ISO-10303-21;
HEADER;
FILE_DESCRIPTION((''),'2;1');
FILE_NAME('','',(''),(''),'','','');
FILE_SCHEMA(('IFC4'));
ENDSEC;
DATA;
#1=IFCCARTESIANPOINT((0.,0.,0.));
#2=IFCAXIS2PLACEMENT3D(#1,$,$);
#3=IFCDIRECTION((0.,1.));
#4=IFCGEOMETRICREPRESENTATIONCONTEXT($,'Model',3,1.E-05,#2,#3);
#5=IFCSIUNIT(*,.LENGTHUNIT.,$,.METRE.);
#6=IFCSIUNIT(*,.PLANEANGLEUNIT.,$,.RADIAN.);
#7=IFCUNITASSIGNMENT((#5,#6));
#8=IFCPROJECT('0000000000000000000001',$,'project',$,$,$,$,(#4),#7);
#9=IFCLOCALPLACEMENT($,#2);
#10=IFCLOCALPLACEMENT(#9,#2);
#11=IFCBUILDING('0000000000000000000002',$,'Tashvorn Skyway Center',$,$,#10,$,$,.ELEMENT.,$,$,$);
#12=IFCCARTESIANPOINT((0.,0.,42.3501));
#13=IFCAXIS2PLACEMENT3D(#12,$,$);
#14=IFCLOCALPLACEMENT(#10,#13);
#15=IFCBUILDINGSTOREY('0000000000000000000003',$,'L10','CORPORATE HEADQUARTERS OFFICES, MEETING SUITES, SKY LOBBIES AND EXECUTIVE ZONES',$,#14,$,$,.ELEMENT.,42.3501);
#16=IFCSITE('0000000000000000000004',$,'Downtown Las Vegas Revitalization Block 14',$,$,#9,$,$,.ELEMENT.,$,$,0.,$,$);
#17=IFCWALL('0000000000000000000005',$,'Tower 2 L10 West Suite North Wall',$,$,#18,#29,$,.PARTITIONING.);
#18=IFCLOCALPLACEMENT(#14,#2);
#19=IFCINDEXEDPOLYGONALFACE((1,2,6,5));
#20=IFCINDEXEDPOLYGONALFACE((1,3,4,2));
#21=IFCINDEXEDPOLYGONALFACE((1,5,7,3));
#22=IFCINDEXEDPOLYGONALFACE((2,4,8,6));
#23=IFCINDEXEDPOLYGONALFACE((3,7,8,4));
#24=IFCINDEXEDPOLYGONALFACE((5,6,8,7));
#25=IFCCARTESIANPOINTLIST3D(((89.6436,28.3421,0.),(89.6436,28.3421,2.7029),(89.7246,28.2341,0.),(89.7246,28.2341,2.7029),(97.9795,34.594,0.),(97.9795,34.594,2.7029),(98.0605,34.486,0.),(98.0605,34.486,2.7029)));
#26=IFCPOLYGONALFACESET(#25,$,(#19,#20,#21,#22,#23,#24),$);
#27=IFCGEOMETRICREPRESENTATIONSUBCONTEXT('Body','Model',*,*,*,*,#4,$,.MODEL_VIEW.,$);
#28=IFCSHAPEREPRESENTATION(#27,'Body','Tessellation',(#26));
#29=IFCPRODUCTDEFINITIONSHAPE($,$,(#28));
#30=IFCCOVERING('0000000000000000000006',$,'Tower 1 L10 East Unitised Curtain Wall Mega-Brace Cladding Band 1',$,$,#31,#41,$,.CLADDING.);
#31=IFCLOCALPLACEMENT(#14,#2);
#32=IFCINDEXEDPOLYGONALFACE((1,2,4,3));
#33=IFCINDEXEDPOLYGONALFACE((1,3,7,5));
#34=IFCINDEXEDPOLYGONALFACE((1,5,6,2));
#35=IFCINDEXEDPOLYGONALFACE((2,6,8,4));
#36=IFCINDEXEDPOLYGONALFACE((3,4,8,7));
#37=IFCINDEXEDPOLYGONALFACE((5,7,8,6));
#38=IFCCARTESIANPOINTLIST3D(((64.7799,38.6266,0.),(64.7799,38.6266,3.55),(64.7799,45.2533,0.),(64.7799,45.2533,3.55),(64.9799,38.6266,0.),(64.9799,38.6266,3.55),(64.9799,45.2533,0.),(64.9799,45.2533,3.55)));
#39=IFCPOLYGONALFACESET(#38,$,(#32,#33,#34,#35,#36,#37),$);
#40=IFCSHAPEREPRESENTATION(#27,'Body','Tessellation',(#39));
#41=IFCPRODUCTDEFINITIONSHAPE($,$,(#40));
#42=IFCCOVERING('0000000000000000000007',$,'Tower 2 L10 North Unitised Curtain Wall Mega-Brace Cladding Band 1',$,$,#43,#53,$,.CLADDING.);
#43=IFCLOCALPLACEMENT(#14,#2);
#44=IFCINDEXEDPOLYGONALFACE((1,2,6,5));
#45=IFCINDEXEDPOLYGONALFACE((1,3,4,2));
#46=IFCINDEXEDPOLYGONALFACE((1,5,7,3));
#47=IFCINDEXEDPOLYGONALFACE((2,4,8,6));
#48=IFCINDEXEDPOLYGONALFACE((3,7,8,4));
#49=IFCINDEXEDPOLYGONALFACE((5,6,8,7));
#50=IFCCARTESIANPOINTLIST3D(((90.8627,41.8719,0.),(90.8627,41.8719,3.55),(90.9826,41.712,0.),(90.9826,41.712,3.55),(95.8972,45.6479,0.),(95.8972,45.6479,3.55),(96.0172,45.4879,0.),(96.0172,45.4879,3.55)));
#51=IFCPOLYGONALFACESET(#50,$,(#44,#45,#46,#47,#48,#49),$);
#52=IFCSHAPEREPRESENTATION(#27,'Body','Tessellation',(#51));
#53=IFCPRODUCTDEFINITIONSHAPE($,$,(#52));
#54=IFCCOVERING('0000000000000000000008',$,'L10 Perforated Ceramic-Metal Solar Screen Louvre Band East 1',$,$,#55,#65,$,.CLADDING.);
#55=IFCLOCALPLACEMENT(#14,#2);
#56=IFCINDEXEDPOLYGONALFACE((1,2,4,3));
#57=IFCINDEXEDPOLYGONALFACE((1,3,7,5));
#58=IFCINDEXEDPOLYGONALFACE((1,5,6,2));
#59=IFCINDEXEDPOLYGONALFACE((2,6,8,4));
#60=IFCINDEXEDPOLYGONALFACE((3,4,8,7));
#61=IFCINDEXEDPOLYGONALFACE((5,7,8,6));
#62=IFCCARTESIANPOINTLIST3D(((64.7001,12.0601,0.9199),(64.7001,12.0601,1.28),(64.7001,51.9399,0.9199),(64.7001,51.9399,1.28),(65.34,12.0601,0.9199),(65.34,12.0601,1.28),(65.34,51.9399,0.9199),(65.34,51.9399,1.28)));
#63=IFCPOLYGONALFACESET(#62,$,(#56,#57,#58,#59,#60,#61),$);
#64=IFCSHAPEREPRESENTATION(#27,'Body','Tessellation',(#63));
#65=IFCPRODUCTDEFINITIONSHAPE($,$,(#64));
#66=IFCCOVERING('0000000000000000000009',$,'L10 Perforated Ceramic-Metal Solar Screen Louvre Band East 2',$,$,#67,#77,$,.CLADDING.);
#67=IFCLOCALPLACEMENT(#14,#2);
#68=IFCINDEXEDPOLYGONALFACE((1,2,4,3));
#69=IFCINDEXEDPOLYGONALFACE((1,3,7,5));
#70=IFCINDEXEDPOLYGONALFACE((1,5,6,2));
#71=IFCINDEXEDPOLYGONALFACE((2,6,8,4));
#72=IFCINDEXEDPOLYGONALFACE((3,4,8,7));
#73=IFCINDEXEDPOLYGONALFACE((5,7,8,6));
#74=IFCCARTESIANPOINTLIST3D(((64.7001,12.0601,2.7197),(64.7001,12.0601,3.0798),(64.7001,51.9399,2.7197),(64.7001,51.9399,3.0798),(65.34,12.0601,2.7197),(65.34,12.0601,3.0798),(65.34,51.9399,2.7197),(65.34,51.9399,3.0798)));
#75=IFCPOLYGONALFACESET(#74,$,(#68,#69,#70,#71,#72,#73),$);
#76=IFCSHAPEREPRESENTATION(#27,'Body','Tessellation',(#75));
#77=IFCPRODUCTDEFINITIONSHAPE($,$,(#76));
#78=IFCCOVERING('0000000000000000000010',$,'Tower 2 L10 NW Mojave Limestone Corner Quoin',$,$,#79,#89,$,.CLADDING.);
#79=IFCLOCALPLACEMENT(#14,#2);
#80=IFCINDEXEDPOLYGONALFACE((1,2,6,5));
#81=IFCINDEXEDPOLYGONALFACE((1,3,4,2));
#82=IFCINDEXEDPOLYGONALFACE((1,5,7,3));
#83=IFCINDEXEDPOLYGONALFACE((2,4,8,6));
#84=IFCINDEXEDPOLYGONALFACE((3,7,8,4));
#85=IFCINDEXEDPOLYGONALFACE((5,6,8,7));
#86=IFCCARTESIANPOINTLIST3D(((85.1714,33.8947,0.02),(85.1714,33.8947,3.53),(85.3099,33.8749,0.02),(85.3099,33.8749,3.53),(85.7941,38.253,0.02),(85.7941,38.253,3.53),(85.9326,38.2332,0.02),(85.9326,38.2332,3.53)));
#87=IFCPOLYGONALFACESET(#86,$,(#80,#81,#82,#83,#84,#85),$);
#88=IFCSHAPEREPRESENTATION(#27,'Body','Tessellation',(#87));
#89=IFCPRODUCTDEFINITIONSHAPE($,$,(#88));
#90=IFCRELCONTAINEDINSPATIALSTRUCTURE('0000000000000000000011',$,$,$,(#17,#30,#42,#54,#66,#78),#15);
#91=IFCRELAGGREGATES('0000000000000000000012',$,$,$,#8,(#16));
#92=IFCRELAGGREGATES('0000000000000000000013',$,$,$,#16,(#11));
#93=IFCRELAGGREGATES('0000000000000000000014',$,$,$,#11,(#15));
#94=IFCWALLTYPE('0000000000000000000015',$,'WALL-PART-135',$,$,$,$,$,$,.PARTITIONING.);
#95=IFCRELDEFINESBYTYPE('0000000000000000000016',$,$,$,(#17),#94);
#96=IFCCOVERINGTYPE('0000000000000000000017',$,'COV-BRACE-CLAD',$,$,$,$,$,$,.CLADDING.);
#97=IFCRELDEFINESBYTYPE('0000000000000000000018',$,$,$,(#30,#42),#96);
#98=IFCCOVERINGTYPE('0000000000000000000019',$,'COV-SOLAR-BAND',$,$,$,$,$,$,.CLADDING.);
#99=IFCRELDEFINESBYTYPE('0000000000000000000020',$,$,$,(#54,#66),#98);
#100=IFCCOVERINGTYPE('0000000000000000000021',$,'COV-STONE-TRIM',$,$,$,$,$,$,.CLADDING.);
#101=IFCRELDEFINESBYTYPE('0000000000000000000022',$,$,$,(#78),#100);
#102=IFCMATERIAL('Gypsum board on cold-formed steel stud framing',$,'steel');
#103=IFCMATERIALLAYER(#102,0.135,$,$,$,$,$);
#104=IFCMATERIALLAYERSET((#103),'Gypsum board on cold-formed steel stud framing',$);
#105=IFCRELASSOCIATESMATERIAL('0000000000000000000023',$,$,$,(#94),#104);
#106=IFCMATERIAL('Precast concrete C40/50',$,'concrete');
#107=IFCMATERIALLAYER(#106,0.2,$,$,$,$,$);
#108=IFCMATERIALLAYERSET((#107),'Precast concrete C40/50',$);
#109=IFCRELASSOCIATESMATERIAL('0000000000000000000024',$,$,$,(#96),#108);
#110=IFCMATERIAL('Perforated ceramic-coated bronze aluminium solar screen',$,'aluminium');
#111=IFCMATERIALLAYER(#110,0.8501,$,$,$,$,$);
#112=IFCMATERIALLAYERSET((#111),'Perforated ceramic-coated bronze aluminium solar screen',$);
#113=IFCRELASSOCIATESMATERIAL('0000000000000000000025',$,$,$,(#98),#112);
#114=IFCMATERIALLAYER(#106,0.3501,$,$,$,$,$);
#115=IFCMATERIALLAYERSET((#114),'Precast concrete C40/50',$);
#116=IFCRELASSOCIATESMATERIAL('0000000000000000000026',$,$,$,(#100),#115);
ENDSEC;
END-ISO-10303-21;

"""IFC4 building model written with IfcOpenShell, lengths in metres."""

from ifc_helpers import new_model, si_unit, direction, frame, frame_2d, origin, origin_2d, place, context, subcontext, project, spatial, rectangle, extrude, material, layer, layer_set, type_object, element, save


model = new_model("IFC4")

# Units and contexts
model_context = context("Model", 3, precision=1e-05, world=origin(), true_north=direction((0.0, 1.0)))
body_context = subcontext(model_context, "Body", "Model", "MODEL_VIEW")
ifc_project = project(units=[si_unit("LENGTHUNIT", "METRE"), si_unit("PLANEANGLEUNIT", "RADIAN")], contexts=[model_context])

# Site, building, storey
site_placement = place(None, origin())
site = spatial("IfcSite", under=ifc_project, at=site_placement, Name="Downtown Las Vegas Revitalization Block 14", CompositionType="ELEMENT", RefElevation=0.0)
building_placement = place(site_placement, origin())
building = spatial("IfcBuilding", under=site, at=building_placement, Name="Tashvorn Skyway Center", CompositionType="ELEMENT")
storey_placement = place(building_placement, frame((0.0, 0.0, 42.3501)))
storey = spatial("IfcBuildingStorey", under=building, at=storey_placement, Name="L10", Description="CORPORATE HEADQUARTERS OFFICES, MEETING SUITES, SKY LOBBIES AND EXECUTIVE ZONES", CompositionType="ELEMENT", Elevation=42.3501)

# Shared definitions
ifc_material_1 = material(Name="Precast concrete C40/50", Category="concrete")
ifc_material_2 = material(Name="Gypsum board on cold-formed steel stud framing", Category="steel")
ifc_layer_1 = layer(ifc_material_2, 0.135)
ifc_layer_set_1 = layer_set([ifc_layer_1], Name="Gypsum board on cold-formed steel stud framing")
wall_type_1 = type_object("IfcWallType", Name="WALL-PART-135", PredefinedType="PARTITIONING", material=ifc_layer_set_1)

# Wall
wall_1_placement = place(storey_placement, frame((98.02, 34.54, 0.0), z_axis=(0.0, 0.0, 1.0), x_axis=(-0.8, -0.6, 0.0)))
element("IfcWall", 1, at=wall_1_placement, inside=storey, type_object=wall_type_1, Name="Tower 2 L10 West Suite North Wall", PredefinedType="PARTITIONING", context=body_context, shape_type="SweptSolid", body=[
    extrude(rectangle(XDim=10.4199, YDim=0.135, at=frame_2d((5.21, 0.0))), origin(), (0.0, 0.0, 1.0), 2.7029),
])

# Coverings
ifc_layer_2 = layer(ifc_material_1, 0.2)
ifc_layer_set_2 = layer_set([ifc_layer_2], Name="Precast concrete C40/50")
covering_type_1 = type_object("IfcCoveringType", Name="COV-BRACE-CLAD", PredefinedType="CLADDING", material=ifc_layer_set_2)
covering_1_placement = place(storey_placement, frame((64.8799, 41.9399, 0.0), z_axis=(0.0, 0.0, 1.0), x_axis=(0.0, -1.0, 0.0)))
element("IfcCovering", 2, at=covering_1_placement, inside=storey, type_object=covering_type_1, Name="Tower 1 L10 East Unitised Curtain Wall Mega-Brace Cladding Band 1", PredefinedType="CLADDING", context=body_context, shape_type="SweptSolid", body=[
    extrude(rectangle(XDim=6.6267, YDim=0.2, at=origin_2d()), origin(), (0.0, 0.0, 1.0), 3.55),
])
covering_2_placement = place(storey_placement, frame((93.4399, 43.6799, 0.0), z_axis=(0.0, 0.0, 1.0), x_axis=(0.8, 0.6, 0.0)))
element("IfcCovering", 3, at=covering_2_placement, inside=storey, type_object=covering_type_1, Name="Tower 2 L10 North Unitised Curtain Wall Mega-Brace Cladding Band 1", PredefinedType="CLADDING", context=body_context, shape_type="SweptSolid", body=[
    extrude(rectangle(XDim=6.2932, YDim=0.2, at=origin_2d()), origin(), (0.0, 0.0, 1.0), 3.55),
])
ifc_material_3 = material(Name="Perforated ceramic-coated bronze aluminium solar screen", Category="aluminium")
ifc_layer_3 = layer(ifc_material_3, 0.8501)
ifc_layer_set_3 = layer_set([ifc_layer_3], Name="Perforated ceramic-coated bronze aluminium solar screen")
covering_type_2 = type_object("IfcCoveringType", Name="COV-SOLAR-BAND", PredefinedType="CLADDING", material=ifc_layer_set_3)
for number, where, z_axis, x_axis, name in (
    (4, (65.02, 32.0, 0.9199), (0.0, 0.0, 1.0), (0.0, -1.0, 0.0), "L10 Perforated Ceramic-Metal Solar Screen Louvre Band East 1"),
    (5, (65.02, 32.0, 2.7197), (0.0, 0.0, 1.0), (0.0, -1.0, 0.0), "L10 Perforated Ceramic-Metal Solar Screen Louvre Band East 2"),
):
    element("IfcCovering", number, at=place(storey_placement, frame(where, z_axis=z_axis, x_axis=x_axis)), inside=storey, type_object=covering_type_2, Name=name, PredefinedType="CLADDING", context=body_context, shape_type="SweptSolid", body=[
        extrude(rectangle(XDim=39.8799, YDim=0.6399, at=origin_2d()), origin(), (0.0, 0.0, 1.0), 0.3601),
    ])
ifc_layer_4 = layer(ifc_material_1, 0.3501)
ifc_layer_set_4 = layer_set([ifc_layer_4], Name="Precast concrete C40/50")
covering_type_3 = type_object("IfcCoveringType", Name="COV-STONE-TRIM", PredefinedType="CLADDING", material=ifc_layer_set_4)
covering_3_placement = place(storey_placement, frame((85.552, 36.064, 0.02), z_axis=(0.0, 0.0, 1.0), x_axis=(-0.141421, -0.989949, 0.0)))
element("IfcCovering", 6, at=covering_3_placement, inside=storey, type_object=covering_type_3, Name="Tower 2 L10 NW Mojave Limestone Corner Quoin", PredefinedType="CLADDING", context=body_context, shape_type="SweptSolid", body=[
    extrude(rectangle(XDim=4.4026, YDim=0.1399, at=origin_2d()), origin(), (0.0, 0.0, 1.0), 3.51),
])

save(model, "model.ifc")
